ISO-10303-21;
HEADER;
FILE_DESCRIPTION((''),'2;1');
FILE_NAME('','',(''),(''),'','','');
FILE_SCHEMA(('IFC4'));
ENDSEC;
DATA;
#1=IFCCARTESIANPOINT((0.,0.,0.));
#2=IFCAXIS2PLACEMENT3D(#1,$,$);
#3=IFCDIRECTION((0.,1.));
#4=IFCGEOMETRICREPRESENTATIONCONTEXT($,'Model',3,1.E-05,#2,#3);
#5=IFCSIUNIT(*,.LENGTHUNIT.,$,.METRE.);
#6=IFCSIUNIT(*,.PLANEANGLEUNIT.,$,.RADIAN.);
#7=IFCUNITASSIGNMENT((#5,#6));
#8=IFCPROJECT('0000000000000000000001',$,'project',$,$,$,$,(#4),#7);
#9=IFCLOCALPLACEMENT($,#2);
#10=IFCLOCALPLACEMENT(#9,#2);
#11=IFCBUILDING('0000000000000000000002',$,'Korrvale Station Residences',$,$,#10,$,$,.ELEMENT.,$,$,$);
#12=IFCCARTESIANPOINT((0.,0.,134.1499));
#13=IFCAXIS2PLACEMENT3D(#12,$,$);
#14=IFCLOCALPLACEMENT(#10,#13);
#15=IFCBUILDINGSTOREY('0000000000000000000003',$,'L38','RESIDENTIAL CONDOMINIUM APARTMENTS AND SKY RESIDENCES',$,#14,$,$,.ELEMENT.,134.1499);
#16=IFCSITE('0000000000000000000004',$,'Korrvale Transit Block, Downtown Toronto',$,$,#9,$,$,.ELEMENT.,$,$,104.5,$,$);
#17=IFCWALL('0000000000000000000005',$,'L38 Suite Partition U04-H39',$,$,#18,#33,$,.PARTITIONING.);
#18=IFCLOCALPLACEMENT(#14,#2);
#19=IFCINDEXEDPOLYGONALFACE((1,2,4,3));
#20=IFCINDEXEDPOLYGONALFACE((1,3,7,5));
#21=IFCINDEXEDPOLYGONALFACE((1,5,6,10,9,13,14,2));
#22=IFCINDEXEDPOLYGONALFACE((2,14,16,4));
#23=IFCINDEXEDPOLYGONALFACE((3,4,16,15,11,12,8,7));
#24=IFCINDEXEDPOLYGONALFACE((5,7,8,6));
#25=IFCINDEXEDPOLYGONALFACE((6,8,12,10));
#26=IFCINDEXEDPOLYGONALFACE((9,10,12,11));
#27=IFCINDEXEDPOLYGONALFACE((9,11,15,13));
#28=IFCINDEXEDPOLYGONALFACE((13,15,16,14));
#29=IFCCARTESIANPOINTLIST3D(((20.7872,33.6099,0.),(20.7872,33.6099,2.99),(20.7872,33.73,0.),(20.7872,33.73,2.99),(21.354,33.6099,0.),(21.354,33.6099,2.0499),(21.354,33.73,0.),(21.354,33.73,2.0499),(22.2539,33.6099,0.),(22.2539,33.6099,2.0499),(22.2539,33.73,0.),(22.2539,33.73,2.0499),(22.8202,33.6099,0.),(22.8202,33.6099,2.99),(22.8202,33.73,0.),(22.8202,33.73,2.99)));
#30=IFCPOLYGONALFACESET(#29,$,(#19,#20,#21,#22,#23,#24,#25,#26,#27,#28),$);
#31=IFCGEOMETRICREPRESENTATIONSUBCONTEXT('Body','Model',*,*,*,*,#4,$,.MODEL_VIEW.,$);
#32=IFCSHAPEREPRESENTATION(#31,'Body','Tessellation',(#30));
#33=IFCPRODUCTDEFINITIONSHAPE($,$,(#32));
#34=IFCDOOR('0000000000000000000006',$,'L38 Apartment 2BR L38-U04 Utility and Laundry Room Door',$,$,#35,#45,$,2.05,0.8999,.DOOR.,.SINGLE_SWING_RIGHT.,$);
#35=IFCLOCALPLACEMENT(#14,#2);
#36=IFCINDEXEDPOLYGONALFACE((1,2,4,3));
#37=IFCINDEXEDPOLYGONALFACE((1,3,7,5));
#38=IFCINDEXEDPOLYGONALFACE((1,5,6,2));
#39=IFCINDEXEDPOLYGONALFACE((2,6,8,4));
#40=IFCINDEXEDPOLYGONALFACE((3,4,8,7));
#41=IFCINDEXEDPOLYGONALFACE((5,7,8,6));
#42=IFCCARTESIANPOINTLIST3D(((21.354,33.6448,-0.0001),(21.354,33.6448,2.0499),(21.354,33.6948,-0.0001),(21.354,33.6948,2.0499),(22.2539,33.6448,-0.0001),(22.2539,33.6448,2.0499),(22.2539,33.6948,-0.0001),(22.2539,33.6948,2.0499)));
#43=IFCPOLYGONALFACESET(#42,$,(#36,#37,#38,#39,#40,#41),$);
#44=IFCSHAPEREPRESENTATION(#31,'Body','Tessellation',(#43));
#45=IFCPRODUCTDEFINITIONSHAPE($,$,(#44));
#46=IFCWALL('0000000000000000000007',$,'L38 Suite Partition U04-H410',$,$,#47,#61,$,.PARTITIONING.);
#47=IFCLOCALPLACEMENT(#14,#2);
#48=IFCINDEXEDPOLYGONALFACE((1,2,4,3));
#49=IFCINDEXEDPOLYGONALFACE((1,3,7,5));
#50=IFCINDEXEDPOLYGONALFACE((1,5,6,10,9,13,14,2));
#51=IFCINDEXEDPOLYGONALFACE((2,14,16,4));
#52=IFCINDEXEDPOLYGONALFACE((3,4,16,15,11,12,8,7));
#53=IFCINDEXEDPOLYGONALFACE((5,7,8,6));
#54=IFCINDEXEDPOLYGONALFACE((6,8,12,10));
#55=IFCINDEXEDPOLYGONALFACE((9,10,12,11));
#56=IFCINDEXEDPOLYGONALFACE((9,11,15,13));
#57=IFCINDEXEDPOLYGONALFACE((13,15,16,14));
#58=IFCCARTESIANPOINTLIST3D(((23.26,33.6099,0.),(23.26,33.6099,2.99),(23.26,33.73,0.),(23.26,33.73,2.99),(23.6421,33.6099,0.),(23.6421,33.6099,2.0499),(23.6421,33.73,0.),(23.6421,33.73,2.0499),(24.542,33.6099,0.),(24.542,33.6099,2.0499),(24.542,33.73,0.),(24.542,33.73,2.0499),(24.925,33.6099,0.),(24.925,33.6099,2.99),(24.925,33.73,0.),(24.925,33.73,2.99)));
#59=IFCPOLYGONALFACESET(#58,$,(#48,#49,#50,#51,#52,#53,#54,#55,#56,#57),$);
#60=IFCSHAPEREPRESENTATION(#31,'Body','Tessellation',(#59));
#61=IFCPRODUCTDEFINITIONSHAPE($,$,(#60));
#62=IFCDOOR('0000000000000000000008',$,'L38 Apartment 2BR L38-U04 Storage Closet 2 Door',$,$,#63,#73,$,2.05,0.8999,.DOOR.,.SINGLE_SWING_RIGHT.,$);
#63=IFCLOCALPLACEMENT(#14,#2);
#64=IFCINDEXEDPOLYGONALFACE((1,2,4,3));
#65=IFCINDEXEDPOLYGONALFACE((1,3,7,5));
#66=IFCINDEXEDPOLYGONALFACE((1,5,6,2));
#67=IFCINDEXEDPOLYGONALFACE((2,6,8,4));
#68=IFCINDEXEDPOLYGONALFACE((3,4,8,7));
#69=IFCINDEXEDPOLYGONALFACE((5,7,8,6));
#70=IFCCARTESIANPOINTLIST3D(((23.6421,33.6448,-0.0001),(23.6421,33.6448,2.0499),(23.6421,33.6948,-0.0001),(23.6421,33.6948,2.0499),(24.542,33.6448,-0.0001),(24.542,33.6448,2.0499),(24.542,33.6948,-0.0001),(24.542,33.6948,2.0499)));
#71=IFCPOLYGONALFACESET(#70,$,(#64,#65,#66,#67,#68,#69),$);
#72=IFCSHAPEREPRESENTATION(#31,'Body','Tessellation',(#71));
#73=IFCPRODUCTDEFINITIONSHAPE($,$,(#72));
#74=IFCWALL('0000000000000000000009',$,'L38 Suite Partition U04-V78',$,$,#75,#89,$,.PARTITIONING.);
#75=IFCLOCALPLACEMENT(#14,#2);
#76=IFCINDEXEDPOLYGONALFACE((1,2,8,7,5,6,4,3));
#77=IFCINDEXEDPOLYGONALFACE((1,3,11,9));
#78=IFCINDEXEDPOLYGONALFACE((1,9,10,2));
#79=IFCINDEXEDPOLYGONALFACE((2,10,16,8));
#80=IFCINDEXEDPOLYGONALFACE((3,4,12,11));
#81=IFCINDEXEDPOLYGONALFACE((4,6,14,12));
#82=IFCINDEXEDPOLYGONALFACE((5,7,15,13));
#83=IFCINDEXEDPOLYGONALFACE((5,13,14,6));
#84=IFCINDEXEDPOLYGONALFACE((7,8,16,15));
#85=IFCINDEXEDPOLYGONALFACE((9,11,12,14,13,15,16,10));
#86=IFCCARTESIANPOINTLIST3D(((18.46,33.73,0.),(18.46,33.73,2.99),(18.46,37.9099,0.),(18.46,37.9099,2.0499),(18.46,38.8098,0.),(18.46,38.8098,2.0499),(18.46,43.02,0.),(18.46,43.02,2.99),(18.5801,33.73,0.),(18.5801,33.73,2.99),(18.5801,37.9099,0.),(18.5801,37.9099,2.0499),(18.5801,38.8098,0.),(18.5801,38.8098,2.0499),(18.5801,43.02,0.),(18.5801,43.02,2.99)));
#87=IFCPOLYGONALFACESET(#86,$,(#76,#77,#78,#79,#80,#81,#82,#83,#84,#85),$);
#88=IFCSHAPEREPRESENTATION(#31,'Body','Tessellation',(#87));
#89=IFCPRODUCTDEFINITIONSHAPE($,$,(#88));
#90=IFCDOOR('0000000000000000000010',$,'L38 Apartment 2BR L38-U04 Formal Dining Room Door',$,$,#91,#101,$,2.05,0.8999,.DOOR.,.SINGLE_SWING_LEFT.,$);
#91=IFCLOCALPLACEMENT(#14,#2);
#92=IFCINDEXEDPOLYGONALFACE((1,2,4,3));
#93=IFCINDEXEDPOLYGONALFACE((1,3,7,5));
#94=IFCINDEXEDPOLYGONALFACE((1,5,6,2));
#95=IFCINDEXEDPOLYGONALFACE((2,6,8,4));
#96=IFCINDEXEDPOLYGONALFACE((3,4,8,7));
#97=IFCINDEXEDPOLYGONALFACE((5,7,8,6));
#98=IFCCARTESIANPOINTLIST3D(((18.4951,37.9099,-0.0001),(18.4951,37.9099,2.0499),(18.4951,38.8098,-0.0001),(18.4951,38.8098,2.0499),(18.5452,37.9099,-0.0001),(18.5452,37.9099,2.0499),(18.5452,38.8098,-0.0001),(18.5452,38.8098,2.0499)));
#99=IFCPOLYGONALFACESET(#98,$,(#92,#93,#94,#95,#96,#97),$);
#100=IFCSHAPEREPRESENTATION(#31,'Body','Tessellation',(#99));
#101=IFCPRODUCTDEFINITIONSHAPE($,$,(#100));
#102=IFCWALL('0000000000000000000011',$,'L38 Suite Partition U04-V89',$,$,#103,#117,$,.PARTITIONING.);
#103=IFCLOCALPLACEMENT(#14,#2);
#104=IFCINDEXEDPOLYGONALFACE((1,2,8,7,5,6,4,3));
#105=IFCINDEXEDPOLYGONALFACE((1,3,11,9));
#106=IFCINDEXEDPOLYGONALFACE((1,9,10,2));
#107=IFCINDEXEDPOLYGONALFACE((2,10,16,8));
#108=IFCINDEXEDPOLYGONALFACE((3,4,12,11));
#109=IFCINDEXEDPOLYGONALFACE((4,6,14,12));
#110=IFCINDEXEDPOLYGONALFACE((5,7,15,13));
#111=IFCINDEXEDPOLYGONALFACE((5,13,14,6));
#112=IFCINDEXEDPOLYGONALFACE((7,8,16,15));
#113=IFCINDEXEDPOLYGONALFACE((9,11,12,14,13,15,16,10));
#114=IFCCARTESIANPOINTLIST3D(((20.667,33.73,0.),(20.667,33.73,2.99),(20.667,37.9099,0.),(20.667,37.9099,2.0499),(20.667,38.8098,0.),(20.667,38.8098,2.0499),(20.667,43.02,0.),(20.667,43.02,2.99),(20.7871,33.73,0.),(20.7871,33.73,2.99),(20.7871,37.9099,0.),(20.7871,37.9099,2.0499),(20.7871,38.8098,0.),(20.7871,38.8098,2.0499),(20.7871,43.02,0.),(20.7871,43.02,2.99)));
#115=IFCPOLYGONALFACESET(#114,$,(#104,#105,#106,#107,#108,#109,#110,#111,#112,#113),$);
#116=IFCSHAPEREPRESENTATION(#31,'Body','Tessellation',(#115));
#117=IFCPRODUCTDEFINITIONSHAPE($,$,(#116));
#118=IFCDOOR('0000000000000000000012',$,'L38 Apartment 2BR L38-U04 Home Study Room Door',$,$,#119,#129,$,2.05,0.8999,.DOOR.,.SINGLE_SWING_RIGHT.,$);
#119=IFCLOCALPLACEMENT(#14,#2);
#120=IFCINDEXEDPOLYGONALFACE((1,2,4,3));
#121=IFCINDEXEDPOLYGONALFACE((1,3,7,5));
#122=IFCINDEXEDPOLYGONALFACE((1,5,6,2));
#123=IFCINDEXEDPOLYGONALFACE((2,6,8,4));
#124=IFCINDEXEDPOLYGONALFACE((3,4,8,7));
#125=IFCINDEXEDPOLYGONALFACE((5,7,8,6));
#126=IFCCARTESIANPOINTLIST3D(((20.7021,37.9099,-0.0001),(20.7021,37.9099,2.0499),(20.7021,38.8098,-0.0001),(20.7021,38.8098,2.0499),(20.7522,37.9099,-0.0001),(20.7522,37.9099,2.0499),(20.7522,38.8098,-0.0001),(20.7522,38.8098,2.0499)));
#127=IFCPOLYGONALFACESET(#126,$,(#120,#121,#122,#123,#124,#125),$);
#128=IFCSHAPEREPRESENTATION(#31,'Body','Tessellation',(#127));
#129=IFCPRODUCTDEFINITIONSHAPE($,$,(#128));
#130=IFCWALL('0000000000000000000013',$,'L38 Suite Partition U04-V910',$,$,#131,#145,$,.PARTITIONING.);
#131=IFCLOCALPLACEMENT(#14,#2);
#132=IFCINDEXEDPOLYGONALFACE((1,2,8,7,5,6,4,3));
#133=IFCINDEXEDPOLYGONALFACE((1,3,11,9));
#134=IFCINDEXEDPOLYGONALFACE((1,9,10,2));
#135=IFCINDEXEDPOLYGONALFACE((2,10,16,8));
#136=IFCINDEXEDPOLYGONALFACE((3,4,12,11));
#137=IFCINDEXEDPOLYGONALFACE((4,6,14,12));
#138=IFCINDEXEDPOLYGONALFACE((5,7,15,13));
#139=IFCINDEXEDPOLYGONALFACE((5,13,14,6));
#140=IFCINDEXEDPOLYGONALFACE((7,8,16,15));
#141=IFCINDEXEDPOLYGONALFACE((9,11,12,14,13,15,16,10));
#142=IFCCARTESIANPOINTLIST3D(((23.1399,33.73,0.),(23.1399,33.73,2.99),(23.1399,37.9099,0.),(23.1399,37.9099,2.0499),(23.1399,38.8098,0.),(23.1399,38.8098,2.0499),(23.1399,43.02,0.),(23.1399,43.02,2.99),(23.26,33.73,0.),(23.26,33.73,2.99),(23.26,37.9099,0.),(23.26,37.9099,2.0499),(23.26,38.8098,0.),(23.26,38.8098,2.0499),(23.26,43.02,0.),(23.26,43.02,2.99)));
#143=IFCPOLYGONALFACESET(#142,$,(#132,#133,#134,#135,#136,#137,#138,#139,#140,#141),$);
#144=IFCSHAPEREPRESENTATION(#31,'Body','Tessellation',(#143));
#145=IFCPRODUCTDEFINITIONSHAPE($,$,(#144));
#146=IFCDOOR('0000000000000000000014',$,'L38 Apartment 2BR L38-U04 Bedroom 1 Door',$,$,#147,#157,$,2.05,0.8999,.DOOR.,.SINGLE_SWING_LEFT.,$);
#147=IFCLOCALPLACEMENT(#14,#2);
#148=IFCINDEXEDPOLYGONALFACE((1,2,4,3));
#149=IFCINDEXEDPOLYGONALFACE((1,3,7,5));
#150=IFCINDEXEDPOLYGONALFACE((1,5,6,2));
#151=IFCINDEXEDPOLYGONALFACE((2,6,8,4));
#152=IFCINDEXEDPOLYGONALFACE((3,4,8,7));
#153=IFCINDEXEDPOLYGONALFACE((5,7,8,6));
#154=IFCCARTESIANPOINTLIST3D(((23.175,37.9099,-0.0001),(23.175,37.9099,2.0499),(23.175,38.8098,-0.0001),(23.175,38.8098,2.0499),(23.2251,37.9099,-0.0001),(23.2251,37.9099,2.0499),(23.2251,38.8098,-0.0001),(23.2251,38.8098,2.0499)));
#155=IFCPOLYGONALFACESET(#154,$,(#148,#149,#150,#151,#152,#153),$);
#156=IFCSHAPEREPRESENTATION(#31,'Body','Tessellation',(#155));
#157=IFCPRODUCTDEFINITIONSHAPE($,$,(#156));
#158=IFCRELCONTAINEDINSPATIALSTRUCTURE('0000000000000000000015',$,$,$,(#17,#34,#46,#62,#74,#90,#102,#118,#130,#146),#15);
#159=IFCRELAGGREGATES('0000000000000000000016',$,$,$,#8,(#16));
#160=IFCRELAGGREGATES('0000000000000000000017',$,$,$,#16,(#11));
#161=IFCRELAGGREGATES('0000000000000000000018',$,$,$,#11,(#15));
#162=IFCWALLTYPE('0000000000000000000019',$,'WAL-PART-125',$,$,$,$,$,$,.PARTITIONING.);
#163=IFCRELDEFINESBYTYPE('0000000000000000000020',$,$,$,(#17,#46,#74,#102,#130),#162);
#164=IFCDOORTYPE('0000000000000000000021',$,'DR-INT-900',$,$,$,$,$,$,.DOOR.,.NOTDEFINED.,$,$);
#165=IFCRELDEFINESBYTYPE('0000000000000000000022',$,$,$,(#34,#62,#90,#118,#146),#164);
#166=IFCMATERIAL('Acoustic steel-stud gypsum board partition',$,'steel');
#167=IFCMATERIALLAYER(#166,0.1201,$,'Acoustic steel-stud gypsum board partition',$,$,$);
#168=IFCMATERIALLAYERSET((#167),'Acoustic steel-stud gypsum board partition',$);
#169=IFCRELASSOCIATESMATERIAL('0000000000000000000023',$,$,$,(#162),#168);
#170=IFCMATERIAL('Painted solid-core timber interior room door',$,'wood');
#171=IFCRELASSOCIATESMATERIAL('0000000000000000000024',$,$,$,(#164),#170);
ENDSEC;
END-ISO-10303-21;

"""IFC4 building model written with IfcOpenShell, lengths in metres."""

from ifc_helpers import new_model, si_unit, direction, frame, frame_2d, origin, place, context, subcontext, project, spatial, rectangle, extrude, material, layer, layer_set, type_object, element, fill, save


model = new_model("IFC4")

# Units and contexts
model_context = context("Model", 3, precision=1e-05, world=origin(), true_north=direction((0.0, 1.0)))
body_context = subcontext(model_context, "Body", "Model", "MODEL_VIEW")
ifc_project = project(units=[si_unit("LENGTHUNIT", "METRE"), si_unit("PLANEANGLEUNIT", "RADIAN")], contexts=[model_context])

# Site, building, storey
site_placement = place(None, origin())
site = spatial("IfcSite", under=ifc_project, at=site_placement, Name="Korrvale Transit Block, Downtown Toronto", CompositionType="ELEMENT", RefElevation=104.5)
building_placement = place(site_placement, origin())
building = spatial("IfcBuilding", under=site, at=building_placement, Name="Korrvale Station Residences", CompositionType="ELEMENT")
storey_placement = place(building_placement, frame((0.0, 0.0, 134.1499)))
storey = spatial("IfcBuildingStorey", under=building, at=storey_placement, Name="L38", Description="RESIDENTIAL CONDOMINIUM APARTMENTS AND SKY RESIDENCES", CompositionType="ELEMENT", Elevation=134.1499)

# Shared definitions
ifc_material_1 = material(Name="Acoustic steel-stud gypsum board partition", Category="steel")
ifc_layer = layer(ifc_material_1, 0.1201, Name="Acoustic steel-stud gypsum board partition")
ifc_layer_set = layer_set([ifc_layer], Name="Acoustic steel-stud gypsum board partition")
wall_type = type_object("IfcWallType", Name="WAL-PART-125", PredefinedType="PARTITIONING", material=ifc_layer_set)
ifc_material_2 = material(Name="Painted solid-core timber interior room door", Category="wood")
door_type = type_object("IfcDoorType", Name="DR-INT-900", OperationType="NOTDEFINED", PredefinedType="DOOR", material=ifc_material_2)

# Walls, openings, doors
wall_1_placement = place(storey_placement, frame((20.7871, 33.6699, 0.0), z_axis=(0.0, 0.0, 1.0), x_axis=(1.0, 0.0, 0.0)))
wall_1 = element("IfcWall", 1, at=wall_1_placement, inside=storey, type_object=wall_type, Name="L38 Suite Partition U04-H39", PredefinedType="PARTITIONING", context=body_context, shape_type="SweptSolid", body=[
    extrude(rectangle(XDim=2.033, YDim=0.1201, at=frame_2d((1.0166, 0.0))), origin(), (0.0, 0.0, 1.0), 2.99),
])
opening_1_placement = place(wall_1_placement, frame((0.5669, 0.0, 0.0)))
opening_1 = element("IfcOpeningElement", 2, at=opening_1_placement, cuts=wall_1, PredefinedType="OPENING", context=body_context, shape_type="SweptSolid", body=[
    extrude(rectangle(XDim=0.8999, YDim=2.05, at=frame_2d((0.45, 1.0249))), frame((0.0, 0.0701, 0.0), z_axis=(0.0, -1.0, 0.0), x_axis=(1.0, 0.0, 0.0)), (0.0, 0.0, 1.0), 0.1401),
])
door_1_placement = place(opening_1_placement, origin())
door_1 = element("IfcDoor", 3, at=door_1_placement, inside=storey, type_object=door_type, Name="L38 Apartment 2BR L38-U04 Utility and Laundry Room Door", OperationType="SINGLE_SWING_RIGHT", OverallHeight=2.05, OverallWidth=0.8999, PredefinedType="DOOR", context=body_context, shape_type="SweptSolid", body=[
    extrude(rectangle(XDim=0.8999, YDim=2.05, at=frame_2d((0.45, 1.0249))), frame((0.0, 0.0249, 0.0), z_axis=(0.0, -1.0, 0.0), x_axis=(1.0, 0.0, 0.0)), (0.0, 0.0, 1.0), 0.05),
])
fill(opening_1, door_1)
wall_2_placement = place(storey_placement, frame((23.26, 33.6699, 0.0), z_axis=(0.0, 0.0, 1.0), x_axis=(1.0, 0.0, 0.0)))
wall_2 = element("IfcWall", 4, at=wall_2_placement, inside=storey, type_object=wall_type, Name="L38 Suite Partition U04-H410", PredefinedType="PARTITIONING", context=body_context, shape_type="SweptSolid", body=[
    extrude(rectangle(XDim=1.665, YDim=0.1201, at=frame_2d((0.8325, 0.0))), origin(), (0.0, 0.0, 1.0), 2.99),
])
opening_2_placement = place(wall_2_placement, frame((0.3821, 0.0, 0.0)))
opening_2 = element("IfcOpeningElement", 5, at=opening_2_placement, cuts=wall_2, PredefinedType="OPENING", context=body_context, shape_type="SweptSolid", body=[
    extrude(rectangle(XDim=0.8999, YDim=2.05, at=frame_2d((0.45, 1.0249))), frame((0.0, 0.0701, 0.0), z_axis=(0.0, -1.0, 0.0), x_axis=(1.0, 0.0, 0.0)), (0.0, 0.0, 1.0), 0.1401),
])
door_2_placement = place(opening_2_placement, origin())
door_2 = element("IfcDoor", 6, at=door_2_placement, inside=storey, type_object=door_type, Name="L38 Apartment 2BR L38-U04 Storage Closet 2 Door", OperationType="SINGLE_SWING_RIGHT", OverallHeight=2.05, OverallWidth=0.8999, PredefinedType="DOOR", context=body_context, shape_type="SweptSolid", body=[
    extrude(rectangle(XDim=0.8999, YDim=2.05, at=frame_2d((0.45, 1.0249))), frame((0.0, 0.0249, 0.0), z_axis=(0.0, -1.0, 0.0), x_axis=(1.0, 0.0, 0.0)), (0.0, 0.0, 1.0), 0.05),
])
fill(opening_2, door_2)
wall_3_placement = place(storey_placement, frame((18.52, 33.73, 0.0), z_axis=(0.0, 0.0, 1.0), x_axis=(0.0, 1.0, 0.0)))
wall_3 = element("IfcWall", 7, at=wall_3_placement, inside=storey, type_object=wall_type, Name="L38 Suite Partition U04-V78", PredefinedType="PARTITIONING", context=body_context, shape_type="SweptSolid", body=[
    extrude(rectangle(XDim=9.29, YDim=0.1201, at=frame_2d((4.645, 0.0))), origin(), (0.0, 0.0, 1.0), 2.99),
])
opening_3_placement = place(wall_3_placement, frame((4.1799, 0.0, 0.0)))
opening_3 = element("IfcOpeningElement", 8, at=opening_3_placement, cuts=wall_3, PredefinedType="OPENING", context=body_context, shape_type="SweptSolid", body=[
    extrude(rectangle(XDim=0.8999, YDim=2.05, at=frame_2d((0.45, 1.0249))), frame((0.0, 0.0701, 0.0), z_axis=(0.0, -1.0, 0.0), x_axis=(1.0, 0.0, 0.0)), (0.0, 0.0, 1.0), 0.1401),
])
door_3_placement = place(opening_3_placement, origin())
door_3 = element("IfcDoor", 9, at=door_3_placement, inside=storey, type_object=door_type, Name="L38 Apartment 2BR L38-U04 Formal Dining Room Door", OperationType="SINGLE_SWING_LEFT", OverallHeight=2.05, OverallWidth=0.8999, PredefinedType="DOOR", context=body_context, shape_type="SweptSolid", body=[
    extrude(rectangle(XDim=0.8999, YDim=2.05, at=frame_2d((0.45, 1.0249))), frame((0.0, 0.0249, 0.0), z_axis=(0.0, -1.0, 0.0), x_axis=(1.0, 0.0, 0.0)), (0.0, 0.0, 1.0), 0.05),
])
fill(opening_3, door_3)
wall_4_placement = place(storey_placement, frame((20.7271, 33.73, 0.0), z_axis=(0.0, 0.0, 1.0), x_axis=(0.0, 1.0, 0.0)))
wall_4 = element("IfcWall", 10, at=wall_4_placement, inside=storey, type_object=wall_type, Name="L38 Suite Partition U04-V89", PredefinedType="PARTITIONING", context=body_context, shape_type="SweptSolid", body=[
    extrude(rectangle(XDim=9.29, YDim=0.1201, at=frame_2d((4.645, 0.0))), origin(), (0.0, 0.0, 1.0), 2.99),
])
opening_4_placement = place(wall_4_placement, frame((4.1799, 0.0, 0.0)))
opening_4 = element("IfcOpeningElement", 11, at=opening_4_placement, cuts=wall_4, PredefinedType="OPENING", context=body_context, shape_type="SweptSolid", body=[
    extrude(rectangle(XDim=0.8999, YDim=2.05, at=frame_2d((0.45, 1.0249))), frame((0.0, 0.0701, 0.0), z_axis=(0.0, -1.0, 0.0), x_axis=(1.0, 0.0, 0.0)), (0.0, 0.0, 1.0), 0.1401),
])
door_4_placement = place(opening_4_placement, origin())
door_4 = element("IfcDoor", 12, at=door_4_placement, inside=storey, type_object=door_type, Name="L38 Apartment 2BR L38-U04 Home Study Room Door", OperationType="SINGLE_SWING_RIGHT", OverallHeight=2.05, OverallWidth=0.8999, PredefinedType="DOOR", context=body_context, shape_type="SweptSolid", body=[
    extrude(rectangle(XDim=0.8999, YDim=2.05, at=frame_2d((0.45, 1.0249))), frame((0.0, 0.0249, 0.0), z_axis=(0.0, -1.0, 0.0), x_axis=(1.0, 0.0, 0.0)), (0.0, 0.0, 1.0), 0.05),
])
fill(opening_4, door_4)
wall_5_placement = place(storey_placement, frame((23.2, 33.73, 0.0), z_axis=(0.0, 0.0, 1.0), x_axis=(0.0, 1.0, 0.0)))
wall_5 = element("IfcWall", 13, at=wall_5_placement, inside=storey, type_object=wall_type, Name="L38 Suite Partition U04-V910", PredefinedType="PARTITIONING", context=body_context, shape_type="SweptSolid", body=[
    extrude(rectangle(XDim=9.29, YDim=0.1201, at=frame_2d((4.645, 0.0))), origin(), (0.0, 0.0, 1.0), 2.99),
])
opening_5_placement = place(wall_5_placement, frame((4.1799, 0.0, 0.0)))
opening_5 = element("IfcOpeningElement", 14, at=opening_5_placement, cuts=wall_5, PredefinedType="OPENING", context=body_context, shape_type="SweptSolid", body=[
    extrude(rectangle(XDim=0.8999, YDim=2.05, at=frame_2d((0.45, 1.0249))), frame((0.0, 0.0701, 0.0), z_axis=(0.0, -1.0, 0.0), x_axis=(1.0, 0.0, 0.0)), (0.0, 0.0, 1.0), 0.1401),
])
door_5_placement = place(opening_5_placement, origin())
door_5 = element("IfcDoor", 15, at=door_5_placement, inside=storey, type_object=door_type, Name="L38 Apartment 2BR L38-U04 Bedroom 1 Door", OperationType="SINGLE_SWING_LEFT", OverallHeight=2.05, OverallWidth=0.8999, PredefinedType="DOOR", context=body_context, shape_type="SweptSolid", body=[
    extrude(rectangle(XDim=0.8999, YDim=2.05, at=frame_2d((0.45, 1.0249))), frame((0.0, 0.0249, 0.0), z_axis=(0.0, -1.0, 0.0), x_axis=(1.0, 0.0, 0.0)), (0.0, 0.0, 1.0), 0.05),
])
fill(opening_5, door_5)

save(model, "model.ifc")
